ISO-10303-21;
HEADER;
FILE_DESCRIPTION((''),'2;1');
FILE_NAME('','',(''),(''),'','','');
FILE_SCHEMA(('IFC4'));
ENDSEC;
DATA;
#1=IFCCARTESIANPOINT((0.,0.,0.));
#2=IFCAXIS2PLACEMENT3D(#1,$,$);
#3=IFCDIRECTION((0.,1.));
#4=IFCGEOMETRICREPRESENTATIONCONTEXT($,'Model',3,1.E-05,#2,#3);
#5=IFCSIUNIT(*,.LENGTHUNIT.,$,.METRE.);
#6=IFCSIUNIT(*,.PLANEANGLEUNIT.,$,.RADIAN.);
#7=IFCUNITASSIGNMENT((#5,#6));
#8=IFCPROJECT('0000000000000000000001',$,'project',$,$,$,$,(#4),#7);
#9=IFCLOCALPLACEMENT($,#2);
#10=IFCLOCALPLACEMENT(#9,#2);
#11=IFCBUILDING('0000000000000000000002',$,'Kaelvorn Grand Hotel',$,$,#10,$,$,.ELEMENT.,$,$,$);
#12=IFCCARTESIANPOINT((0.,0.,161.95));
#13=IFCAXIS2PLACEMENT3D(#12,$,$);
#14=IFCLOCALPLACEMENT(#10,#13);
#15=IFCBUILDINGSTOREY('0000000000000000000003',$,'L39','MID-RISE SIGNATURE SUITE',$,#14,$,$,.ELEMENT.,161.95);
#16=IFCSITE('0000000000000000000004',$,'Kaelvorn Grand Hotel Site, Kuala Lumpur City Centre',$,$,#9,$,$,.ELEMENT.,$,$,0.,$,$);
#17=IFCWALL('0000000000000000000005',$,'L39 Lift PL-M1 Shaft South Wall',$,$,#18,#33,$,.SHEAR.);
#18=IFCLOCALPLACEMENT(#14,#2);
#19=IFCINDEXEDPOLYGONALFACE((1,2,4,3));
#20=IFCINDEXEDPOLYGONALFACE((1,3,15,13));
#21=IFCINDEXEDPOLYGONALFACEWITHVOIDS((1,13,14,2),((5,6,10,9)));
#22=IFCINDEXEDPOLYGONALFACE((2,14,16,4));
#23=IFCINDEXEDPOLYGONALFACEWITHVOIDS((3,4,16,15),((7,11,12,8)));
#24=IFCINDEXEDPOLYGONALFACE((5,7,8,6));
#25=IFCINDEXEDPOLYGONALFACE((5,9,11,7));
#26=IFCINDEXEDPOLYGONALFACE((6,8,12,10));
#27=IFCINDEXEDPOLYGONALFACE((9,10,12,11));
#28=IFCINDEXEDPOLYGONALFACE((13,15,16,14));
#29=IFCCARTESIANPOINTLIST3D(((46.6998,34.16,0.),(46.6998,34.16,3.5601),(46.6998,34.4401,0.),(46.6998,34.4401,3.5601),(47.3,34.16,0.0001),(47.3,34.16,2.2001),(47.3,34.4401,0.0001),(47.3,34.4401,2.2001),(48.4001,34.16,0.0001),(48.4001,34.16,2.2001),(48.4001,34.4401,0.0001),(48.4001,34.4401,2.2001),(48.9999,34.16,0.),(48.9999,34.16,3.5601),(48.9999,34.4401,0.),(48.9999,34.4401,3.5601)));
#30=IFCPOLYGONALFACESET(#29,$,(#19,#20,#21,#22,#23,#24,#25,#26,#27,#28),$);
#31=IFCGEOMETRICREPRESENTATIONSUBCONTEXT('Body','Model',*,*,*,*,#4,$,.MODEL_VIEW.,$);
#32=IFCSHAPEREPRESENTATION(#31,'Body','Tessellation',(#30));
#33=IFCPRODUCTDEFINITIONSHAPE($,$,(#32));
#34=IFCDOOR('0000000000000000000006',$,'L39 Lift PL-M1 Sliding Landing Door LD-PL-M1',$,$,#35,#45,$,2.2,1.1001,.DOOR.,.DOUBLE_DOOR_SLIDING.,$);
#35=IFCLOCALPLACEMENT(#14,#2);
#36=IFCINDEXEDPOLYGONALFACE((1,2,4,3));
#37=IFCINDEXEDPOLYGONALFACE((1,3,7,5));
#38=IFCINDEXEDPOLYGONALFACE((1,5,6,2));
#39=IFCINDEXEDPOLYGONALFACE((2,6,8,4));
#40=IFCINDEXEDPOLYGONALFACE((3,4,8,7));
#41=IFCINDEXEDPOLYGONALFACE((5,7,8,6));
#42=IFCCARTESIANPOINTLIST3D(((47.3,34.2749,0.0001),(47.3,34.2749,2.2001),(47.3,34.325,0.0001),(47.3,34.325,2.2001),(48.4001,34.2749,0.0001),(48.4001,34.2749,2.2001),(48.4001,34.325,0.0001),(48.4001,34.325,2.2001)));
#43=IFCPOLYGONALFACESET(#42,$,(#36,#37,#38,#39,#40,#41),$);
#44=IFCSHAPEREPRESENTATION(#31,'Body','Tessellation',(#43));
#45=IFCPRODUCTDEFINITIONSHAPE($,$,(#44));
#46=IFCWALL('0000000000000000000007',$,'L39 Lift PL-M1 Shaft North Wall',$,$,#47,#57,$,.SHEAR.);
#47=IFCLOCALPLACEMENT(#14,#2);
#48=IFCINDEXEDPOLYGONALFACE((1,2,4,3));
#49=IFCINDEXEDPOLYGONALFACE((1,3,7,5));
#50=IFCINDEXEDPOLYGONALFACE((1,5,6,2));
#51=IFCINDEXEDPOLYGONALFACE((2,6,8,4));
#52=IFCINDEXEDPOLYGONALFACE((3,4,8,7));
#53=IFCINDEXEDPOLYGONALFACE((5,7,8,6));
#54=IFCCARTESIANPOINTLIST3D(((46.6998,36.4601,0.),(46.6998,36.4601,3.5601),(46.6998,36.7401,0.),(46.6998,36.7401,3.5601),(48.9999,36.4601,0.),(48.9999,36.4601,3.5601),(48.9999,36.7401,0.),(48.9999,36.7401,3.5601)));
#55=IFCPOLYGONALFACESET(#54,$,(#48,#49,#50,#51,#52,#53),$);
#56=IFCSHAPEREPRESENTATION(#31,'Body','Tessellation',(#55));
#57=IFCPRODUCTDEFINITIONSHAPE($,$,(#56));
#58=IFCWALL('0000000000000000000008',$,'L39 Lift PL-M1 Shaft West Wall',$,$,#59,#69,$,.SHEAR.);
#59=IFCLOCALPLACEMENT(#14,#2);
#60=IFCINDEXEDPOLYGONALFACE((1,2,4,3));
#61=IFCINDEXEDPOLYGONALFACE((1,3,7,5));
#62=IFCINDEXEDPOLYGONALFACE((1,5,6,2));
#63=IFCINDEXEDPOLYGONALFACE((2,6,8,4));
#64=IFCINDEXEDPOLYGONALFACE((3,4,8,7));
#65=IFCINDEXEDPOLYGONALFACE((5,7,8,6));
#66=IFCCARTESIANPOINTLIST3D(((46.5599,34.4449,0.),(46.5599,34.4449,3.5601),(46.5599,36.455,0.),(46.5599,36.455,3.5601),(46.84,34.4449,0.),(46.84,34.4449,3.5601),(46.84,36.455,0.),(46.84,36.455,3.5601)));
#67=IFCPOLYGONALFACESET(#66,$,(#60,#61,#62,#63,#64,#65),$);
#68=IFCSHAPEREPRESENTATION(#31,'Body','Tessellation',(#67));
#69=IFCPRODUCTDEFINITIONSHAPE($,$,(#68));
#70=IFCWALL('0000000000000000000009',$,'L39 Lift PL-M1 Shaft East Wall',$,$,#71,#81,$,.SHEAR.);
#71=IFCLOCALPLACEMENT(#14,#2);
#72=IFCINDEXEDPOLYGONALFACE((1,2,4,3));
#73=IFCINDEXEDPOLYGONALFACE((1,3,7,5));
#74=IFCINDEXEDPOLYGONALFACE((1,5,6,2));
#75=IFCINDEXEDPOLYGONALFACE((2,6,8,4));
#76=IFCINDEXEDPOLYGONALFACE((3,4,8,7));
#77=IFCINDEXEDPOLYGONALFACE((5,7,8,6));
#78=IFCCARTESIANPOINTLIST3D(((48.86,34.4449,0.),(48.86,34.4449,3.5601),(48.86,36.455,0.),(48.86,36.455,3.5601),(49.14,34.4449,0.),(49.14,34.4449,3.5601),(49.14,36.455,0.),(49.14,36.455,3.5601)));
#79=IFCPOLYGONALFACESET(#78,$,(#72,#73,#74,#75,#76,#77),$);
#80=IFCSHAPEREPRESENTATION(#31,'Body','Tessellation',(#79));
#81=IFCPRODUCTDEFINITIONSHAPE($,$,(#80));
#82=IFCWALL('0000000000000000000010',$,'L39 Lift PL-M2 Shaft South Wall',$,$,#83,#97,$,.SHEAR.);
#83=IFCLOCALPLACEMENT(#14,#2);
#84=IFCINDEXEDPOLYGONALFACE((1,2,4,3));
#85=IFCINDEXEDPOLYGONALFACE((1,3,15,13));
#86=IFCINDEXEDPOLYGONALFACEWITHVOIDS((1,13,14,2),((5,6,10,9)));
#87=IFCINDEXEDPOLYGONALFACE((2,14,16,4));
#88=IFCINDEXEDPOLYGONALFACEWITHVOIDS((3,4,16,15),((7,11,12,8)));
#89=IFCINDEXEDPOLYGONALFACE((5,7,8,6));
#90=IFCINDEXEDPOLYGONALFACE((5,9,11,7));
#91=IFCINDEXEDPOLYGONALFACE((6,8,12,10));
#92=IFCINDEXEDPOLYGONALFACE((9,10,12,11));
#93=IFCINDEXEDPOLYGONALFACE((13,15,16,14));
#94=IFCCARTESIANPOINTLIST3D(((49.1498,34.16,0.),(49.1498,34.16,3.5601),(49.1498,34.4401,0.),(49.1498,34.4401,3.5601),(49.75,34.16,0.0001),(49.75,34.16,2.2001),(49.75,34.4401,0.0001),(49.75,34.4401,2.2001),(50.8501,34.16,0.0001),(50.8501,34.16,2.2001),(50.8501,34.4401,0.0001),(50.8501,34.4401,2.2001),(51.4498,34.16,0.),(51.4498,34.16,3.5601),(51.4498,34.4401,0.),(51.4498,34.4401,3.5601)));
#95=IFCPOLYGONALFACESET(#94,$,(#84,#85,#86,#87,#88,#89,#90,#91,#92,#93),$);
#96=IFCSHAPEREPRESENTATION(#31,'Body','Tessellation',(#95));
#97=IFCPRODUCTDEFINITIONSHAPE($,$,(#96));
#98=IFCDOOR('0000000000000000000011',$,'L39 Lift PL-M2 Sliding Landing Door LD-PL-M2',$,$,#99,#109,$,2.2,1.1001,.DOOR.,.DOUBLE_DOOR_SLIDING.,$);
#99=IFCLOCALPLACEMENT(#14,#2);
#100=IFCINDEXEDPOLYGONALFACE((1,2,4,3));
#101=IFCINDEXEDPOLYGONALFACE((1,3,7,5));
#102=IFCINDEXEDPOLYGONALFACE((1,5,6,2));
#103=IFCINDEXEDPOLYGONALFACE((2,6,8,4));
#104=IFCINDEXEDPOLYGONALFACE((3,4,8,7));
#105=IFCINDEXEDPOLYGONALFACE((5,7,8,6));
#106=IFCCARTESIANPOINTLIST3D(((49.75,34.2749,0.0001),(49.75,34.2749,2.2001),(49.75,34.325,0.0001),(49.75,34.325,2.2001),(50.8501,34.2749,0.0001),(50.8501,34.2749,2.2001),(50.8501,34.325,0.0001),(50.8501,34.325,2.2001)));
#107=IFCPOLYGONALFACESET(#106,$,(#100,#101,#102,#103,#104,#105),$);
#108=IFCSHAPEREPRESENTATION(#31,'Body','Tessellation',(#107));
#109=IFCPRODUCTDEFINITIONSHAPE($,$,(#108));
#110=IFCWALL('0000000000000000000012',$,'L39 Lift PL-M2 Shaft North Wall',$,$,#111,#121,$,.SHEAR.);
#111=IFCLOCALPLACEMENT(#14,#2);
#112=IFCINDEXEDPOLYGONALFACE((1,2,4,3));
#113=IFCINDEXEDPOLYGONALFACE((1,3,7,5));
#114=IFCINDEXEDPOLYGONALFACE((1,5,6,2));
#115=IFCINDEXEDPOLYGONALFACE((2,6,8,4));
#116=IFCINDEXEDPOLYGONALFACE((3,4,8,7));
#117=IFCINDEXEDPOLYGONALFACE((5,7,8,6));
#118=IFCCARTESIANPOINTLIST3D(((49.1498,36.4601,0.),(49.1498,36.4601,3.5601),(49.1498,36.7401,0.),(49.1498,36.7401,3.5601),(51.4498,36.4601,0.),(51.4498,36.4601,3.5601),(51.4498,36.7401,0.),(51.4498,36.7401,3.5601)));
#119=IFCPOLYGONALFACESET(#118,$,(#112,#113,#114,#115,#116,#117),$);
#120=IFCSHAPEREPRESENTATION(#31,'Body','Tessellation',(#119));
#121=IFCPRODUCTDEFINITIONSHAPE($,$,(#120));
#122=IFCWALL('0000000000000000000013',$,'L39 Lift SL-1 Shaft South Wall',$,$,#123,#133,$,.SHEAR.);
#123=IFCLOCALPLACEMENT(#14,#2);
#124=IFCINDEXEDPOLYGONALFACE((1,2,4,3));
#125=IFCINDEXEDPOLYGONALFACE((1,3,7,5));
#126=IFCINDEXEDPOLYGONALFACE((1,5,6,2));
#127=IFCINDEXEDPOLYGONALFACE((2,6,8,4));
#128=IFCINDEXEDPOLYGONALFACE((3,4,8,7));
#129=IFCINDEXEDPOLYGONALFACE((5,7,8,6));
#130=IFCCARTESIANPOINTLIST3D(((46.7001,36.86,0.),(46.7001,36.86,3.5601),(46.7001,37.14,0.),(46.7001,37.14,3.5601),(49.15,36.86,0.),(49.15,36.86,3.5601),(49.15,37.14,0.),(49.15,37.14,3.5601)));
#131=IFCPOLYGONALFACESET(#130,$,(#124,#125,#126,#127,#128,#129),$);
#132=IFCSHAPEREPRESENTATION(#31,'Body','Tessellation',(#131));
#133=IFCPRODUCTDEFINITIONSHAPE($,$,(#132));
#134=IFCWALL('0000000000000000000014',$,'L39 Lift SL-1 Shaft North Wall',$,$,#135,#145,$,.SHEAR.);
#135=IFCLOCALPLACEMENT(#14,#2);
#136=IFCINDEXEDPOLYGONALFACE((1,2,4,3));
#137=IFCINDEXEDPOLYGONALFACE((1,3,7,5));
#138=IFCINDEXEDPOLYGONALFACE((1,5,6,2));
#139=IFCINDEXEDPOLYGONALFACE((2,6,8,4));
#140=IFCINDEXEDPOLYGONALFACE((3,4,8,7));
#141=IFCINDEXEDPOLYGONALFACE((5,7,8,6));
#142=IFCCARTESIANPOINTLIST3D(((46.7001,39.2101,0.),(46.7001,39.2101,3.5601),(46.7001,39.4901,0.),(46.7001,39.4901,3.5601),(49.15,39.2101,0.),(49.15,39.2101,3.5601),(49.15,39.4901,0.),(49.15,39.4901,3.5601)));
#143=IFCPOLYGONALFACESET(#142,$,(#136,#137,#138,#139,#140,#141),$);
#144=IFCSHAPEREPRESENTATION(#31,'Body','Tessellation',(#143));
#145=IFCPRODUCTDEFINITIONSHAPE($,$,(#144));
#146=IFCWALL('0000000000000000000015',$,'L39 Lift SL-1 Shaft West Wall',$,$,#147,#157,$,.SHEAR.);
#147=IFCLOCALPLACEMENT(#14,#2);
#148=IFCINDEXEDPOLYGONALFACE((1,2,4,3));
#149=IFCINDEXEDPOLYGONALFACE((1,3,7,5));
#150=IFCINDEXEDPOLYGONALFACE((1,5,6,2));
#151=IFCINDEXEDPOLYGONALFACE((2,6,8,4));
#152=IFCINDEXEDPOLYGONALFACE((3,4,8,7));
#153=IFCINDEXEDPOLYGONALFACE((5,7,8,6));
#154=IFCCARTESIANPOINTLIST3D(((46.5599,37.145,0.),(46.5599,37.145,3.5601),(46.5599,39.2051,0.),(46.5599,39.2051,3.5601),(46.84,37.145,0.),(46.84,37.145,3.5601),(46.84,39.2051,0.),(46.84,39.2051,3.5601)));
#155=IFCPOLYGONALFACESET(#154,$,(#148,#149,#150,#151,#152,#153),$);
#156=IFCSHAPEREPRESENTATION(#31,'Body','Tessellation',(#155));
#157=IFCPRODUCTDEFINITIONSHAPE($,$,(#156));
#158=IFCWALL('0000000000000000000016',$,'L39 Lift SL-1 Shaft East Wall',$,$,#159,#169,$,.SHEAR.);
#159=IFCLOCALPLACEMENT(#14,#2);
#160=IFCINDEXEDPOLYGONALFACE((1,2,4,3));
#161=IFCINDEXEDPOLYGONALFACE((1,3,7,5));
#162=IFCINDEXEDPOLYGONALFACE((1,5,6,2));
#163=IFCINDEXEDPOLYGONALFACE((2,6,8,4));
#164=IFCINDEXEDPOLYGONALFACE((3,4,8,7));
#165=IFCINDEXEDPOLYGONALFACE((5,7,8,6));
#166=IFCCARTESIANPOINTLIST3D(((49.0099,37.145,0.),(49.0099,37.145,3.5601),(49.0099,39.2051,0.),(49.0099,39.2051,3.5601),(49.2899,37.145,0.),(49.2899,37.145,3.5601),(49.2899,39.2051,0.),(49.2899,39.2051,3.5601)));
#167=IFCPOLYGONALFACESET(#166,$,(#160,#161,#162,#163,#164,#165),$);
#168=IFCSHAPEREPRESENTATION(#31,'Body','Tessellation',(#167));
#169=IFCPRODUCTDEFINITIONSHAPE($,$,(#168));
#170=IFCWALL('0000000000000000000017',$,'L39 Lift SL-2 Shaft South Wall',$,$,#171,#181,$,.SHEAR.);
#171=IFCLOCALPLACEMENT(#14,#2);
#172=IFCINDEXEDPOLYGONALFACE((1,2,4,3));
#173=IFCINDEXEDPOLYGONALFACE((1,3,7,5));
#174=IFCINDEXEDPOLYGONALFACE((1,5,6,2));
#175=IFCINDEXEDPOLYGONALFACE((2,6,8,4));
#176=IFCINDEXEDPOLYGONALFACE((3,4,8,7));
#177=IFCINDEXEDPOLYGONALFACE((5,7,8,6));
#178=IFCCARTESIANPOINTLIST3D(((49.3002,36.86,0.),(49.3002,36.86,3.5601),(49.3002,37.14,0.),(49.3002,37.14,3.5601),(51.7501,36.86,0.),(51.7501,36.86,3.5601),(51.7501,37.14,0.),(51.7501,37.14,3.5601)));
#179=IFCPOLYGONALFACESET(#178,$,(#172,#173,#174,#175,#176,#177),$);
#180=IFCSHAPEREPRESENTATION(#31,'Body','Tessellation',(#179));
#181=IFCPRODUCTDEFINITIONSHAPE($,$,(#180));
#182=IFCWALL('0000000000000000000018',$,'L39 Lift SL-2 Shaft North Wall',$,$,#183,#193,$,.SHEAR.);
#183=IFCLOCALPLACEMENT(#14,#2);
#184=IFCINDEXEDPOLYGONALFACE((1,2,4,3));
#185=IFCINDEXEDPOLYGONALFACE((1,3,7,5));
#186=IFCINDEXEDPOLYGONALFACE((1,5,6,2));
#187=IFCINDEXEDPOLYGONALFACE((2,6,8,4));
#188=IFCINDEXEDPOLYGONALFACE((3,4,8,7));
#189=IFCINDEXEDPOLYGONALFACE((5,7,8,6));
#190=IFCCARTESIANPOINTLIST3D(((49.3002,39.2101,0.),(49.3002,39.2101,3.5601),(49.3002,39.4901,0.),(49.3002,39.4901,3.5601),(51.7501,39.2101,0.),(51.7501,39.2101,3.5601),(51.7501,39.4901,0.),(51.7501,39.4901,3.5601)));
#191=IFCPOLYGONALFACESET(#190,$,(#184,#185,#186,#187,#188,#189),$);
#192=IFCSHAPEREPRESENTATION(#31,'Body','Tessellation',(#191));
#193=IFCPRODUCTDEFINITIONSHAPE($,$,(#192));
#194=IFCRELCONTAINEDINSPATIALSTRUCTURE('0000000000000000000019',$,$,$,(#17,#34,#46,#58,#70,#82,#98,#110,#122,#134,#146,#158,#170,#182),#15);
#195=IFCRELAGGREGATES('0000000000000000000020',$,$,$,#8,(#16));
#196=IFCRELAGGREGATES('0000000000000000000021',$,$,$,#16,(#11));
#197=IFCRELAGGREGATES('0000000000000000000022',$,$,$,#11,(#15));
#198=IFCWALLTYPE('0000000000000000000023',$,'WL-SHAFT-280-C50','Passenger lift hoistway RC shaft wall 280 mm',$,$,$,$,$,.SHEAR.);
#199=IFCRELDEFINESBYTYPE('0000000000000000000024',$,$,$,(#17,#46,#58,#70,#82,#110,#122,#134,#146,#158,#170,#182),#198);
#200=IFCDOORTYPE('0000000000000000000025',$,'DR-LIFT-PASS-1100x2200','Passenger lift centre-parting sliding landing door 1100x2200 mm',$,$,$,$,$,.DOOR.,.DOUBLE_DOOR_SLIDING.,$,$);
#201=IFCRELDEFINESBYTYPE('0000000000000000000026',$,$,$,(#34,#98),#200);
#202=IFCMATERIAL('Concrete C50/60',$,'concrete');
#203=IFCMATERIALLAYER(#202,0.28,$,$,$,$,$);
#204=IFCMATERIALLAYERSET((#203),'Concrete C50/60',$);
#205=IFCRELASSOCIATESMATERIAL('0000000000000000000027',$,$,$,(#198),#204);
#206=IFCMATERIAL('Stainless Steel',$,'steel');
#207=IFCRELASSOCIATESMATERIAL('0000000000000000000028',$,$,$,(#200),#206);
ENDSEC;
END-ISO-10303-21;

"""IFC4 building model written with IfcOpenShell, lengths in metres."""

from ifc_helpers import new_model, si_unit, direction, frame, frame_2d, origin, place, context, subcontext, project, spatial, rectangle, extrude, material, layer, layer_set, type_object, element, fill, save


model = new_model("IFC4")

# Units and contexts
model_context = context("Model", 3, precision=1e-05, world=origin(), true_north=direction((0.0, 1.0)))
body_context = subcontext(model_context, "Body", "Model", "MODEL_VIEW")
ifc_project = project(units=[si_unit("LENGTHUNIT", "METRE"), si_unit("PLANEANGLEUNIT", "RADIAN")], contexts=[model_context])

# Site, building, storey
site_placement = place(None, origin())
site = spatial("IfcSite", under=ifc_project, at=site_placement, Name="Kaelvorn Grand Hotel Site, Kuala Lumpur City Centre", CompositionType="ELEMENT", RefElevation=0.0)
building_placement = place(site_placement, origin())
building = spatial("IfcBuilding", under=site, at=building_placement, Name="Kaelvorn Grand Hotel", CompositionType="ELEMENT")
storey_placement = place(building_placement, frame((0.0, 0.0, 161.95)))
storey = spatial("IfcBuildingStorey", under=building, at=storey_placement, Name="L39", Description="MID-RISE SIGNATURE SUITE", CompositionType="ELEMENT", Elevation=161.95)

# Shared definitions
ifc_material_1 = material(Name="Concrete C50/60", Category="concrete")

# Wall, opening, door
ifc_layer_1 = layer(ifc_material_1, 0.28)
ifc_layer_set_1 = layer_set([ifc_layer_1], Name="Concrete C50/60")
wall_type_1 = type_object("IfcWallType", Name="WL-SHAFT-280-C50", Description="Passenger lift hoistway RC shaft wall 280 mm", PredefinedType="SHEAR", material=ifc_layer_set_1)
wall_1_placement = place(storey_placement, frame((46.7, 34.3, 0.0), z_axis=(0.0, 0.0, 1.0), x_axis=(1.0, 0.0, 0.0)))
wall_1 = element("IfcWall", 1, at=wall_1_placement, inside=storey, type_object=wall_type_1, Name="L39 Lift PL-M1 Shaft South Wall", PredefinedType="SHEAR", context=body_context, shape_type="SweptSolid", body=[
    extrude(rectangle(XDim=2.3, YDim=0.28, at=frame_2d((1.1499, 0.0))), origin(), (0.0, 0.0, 1.0), 3.5601),
])
opening_1_placement = place(wall_1_placement, frame((0.6001, 0.0, 0.0)))
opening_1 = element("IfcOpeningElement", 2, at=opening_1_placement, cuts=wall_1, PredefinedType="OPENING", context=body_context, shape_type="SweptSolid", body=[
    extrude(rectangle(XDim=1.1001, YDim=2.2, at=frame_2d((0.55, 1.1001))), frame((0.0, 0.1499, 0.0), z_axis=(0.0, -1.0, 0.0), x_axis=(1.0, 0.0, 0.0)), (0.0, 0.0, 1.0), 0.3),
])
ifc_material_2 = material(Name="Stainless Steel", Category="steel")
door_type_1 = type_object("IfcDoorType", Name="DR-LIFT-PASS-1100x2200", Description="Passenger lift centre-parting sliding landing door 1100x2200 mm", OperationType="DOUBLE_DOOR_SLIDING", PredefinedType="DOOR", material=ifc_material_2)
door_1_placement = place(opening_1_placement, origin())
door_1 = element("IfcDoor", 3, at=door_1_placement, inside=storey, type_object=door_type_1, Name="L39 Lift PL-M1 Sliding Landing Door LD-PL-M1", OperationType="DOUBLE_DOOR_SLIDING", OverallHeight=2.2, OverallWidth=1.1001, PredefinedType="DOOR", context=body_context, shape_type="SweptSolid", body=[
    extrude(rectangle(XDim=1.1001, YDim=2.2, at=frame_2d((0.55, 1.1001))), frame((0.0, 0.0249, 0.0), z_axis=(0.0, -1.0, 0.0), x_axis=(1.0, 0.0, 0.0)), (0.0, 0.0, 1.0), 0.05),
])
fill(opening_1, door_1)

# Walls
wall_2_placement = place(storey_placement, frame((46.7, 36.6001, 0.0), z_axis=(0.0, 0.0, 1.0), x_axis=(1.0, 0.0, 0.0)))
element("IfcWall", 4, at=wall_2_placement, inside=storey, type_object=wall_type_1, Name="L39 Lift PL-M1 Shaft North Wall", PredefinedType="SHEAR", context=body_context, shape_type="SweptSolid", body=[
    extrude(rectangle(XDim=2.3, YDim=0.28, at=frame_2d((1.1499, 0.0))), origin(), (0.0, 0.0, 1.0), 3.5601),
])
for number, where, z_axis, x_axis, name in (
    (5, (46.7, 34.4451, 0.0), (0.0, 0.0, 1.0), (0.0, 1.0, 0.0), "L39 Lift PL-M1 Shaft West Wall"),
    (6, (49.0, 34.4451, 0.0), (0.0, 0.0, 1.0), (0.0, 1.0, 0.0), "L39 Lift PL-M1 Shaft East Wall"),
):
    element("IfcWall", number, at=place(storey_placement, frame(where, z_axis=z_axis, x_axis=x_axis)), inside=storey, type_object=wall_type_1, Name=name, PredefinedType="SHEAR", context=body_context, shape_type="SweptSolid", body=[
        extrude(rectangle(XDim=2.01, YDim=0.28, at=frame_2d((1.0049, 0.0))), origin(), (0.0, 0.0, 1.0), 3.5601),
    ])

# Wall, opening, door
wall_3_placement = place(storey_placement, frame((49.1499, 34.3, 0.0), z_axis=(0.0, 0.0, 1.0), x_axis=(1.0, 0.0, 0.0)))
wall_3 = element("IfcWall", 7, at=wall_3_placement, inside=storey, type_object=wall_type_1, Name="L39 Lift PL-M2 Shaft South Wall", PredefinedType="SHEAR", context=body_context, shape_type="SweptSolid", body=[
    extrude(rectangle(XDim=2.3, YDim=0.28, at=frame_2d((1.1499, 0.0))), origin(), (0.0, 0.0, 1.0), 3.5601),
])
opening_2_placement = place(wall_3_placement, frame((0.6001, 0.0, 0.0)))
opening_2 = element("IfcOpeningElement", 8, at=opening_2_placement, cuts=wall_3, PredefinedType="OPENING", context=body_context, shape_type="SweptSolid", body=[
    extrude(rectangle(XDim=1.1001, YDim=2.2, at=frame_2d((0.55, 1.1001))), frame((0.0, 0.1499, 0.0), z_axis=(0.0, -1.0, 0.0), x_axis=(1.0, 0.0, 0.0)), (0.0, 0.0, 1.0), 0.3),
])
door_2_placement = place(opening_2_placement, origin())
door_2 = element("IfcDoor", 9, at=door_2_placement, inside=storey, type_object=door_type_1, Name="L39 Lift PL-M2 Sliding Landing Door LD-PL-M2", OperationType="DOUBLE_DOOR_SLIDING", OverallHeight=2.2, OverallWidth=1.1001, PredefinedType="DOOR", context=body_context, shape_type="SweptSolid", body=[
    extrude(rectangle(XDim=1.1001, YDim=2.2, at=frame_2d((0.55, 1.1001))), frame((0.0, 0.0249, 0.0), z_axis=(0.0, -1.0, 0.0), x_axis=(1.0, 0.0, 0.0)), (0.0, 0.0, 1.0), 0.05),
])
fill(opening_2, door_2)

# Walls
wall_4_placement = place(storey_placement, frame((49.1499, 36.6001, 0.0), z_axis=(0.0, 0.0, 1.0), x_axis=(1.0, 0.0, 0.0)))
element("IfcWall", 10, at=wall_4_placement, inside=storey, type_object=wall_type_1, Name="L39 Lift PL-M2 Shaft North Wall", PredefinedType="SHEAR", context=body_context, shape_type="SweptSolid", body=[
    extrude(rectangle(XDim=2.3, YDim=0.28, at=frame_2d((1.1499, 0.0))), origin(), (0.0, 0.0, 1.0), 3.5601),
])
for number, where, z_axis, x_axis, name in (
    (11, (46.7, 37.0, 0.0), (0.0, 0.0, 1.0), (1.0, 0.0, 0.0), "L39 Lift SL-1 Shaft South Wall"),
    (12, (46.7, 39.3501, 0.0), (0.0, 0.0, 1.0), (1.0, 0.0, 0.0), "L39 Lift SL-1 Shaft North Wall"),
):
    element("IfcWall", number, at=place(storey_placement, frame(where, z_axis=z_axis, x_axis=x_axis)), inside=storey, type_object=wall_type_1, Name=name, PredefinedType="SHEAR", context=body_context, shape_type="SweptSolid", body=[
        extrude(rectangle(XDim=2.45, YDim=0.28, at=frame_2d((1.2251, 0.0))), origin(), (0.0, 0.0, 1.0), 3.5601),
    ])
for number, where, z_axis, x_axis, name in (
    (13, (46.7, 37.145, 0.0), (0.0, 0.0, 1.0), (0.0, 1.0, 0.0), "L39 Lift SL-1 Shaft West Wall"),
    (14, (49.1499, 37.145, 0.0), (0.0, 0.0, 1.0), (0.0, 1.0, 0.0), "L39 Lift SL-1 Shaft East Wall"),
):
    element("IfcWall", number, at=place(storey_placement, frame(where, z_axis=z_axis, x_axis=x_axis)), inside=storey, type_object=wall_type_1, Name=name, PredefinedType="SHEAR", context=body_context, shape_type="SweptSolid", body=[
        extrude(rectangle(XDim=2.0601, YDim=0.28, at=frame_2d((1.03, 0.0))), origin(), (0.0, 0.0, 1.0), 3.5601),
    ])
for number, where, z_axis, x_axis, name in (
    (15, (49.3, 37.0, 0.0), (0.0, 0.0, 1.0), (1.0, 0.0, 0.0), "L39 Lift SL-2 Shaft South Wall"),
    (16, (49.3, 39.3501, 0.0), (0.0, 0.0, 1.0), (1.0, 0.0, 0.0), "L39 Lift SL-2 Shaft North Wall"),
):
    element("IfcWall", number, at=place(storey_placement, frame(where, z_axis=z_axis, x_axis=x_axis)), inside=storey, type_object=wall_type_1, Name=name, PredefinedType="SHEAR", context=body_context, shape_type="SweptSolid", body=[
        extrude(rectangle(XDim=2.45, YDim=0.28, at=frame_2d((1.2251, 0.0))), origin(), (0.0, 0.0, 1.0), 3.5601),
    ])

save(model, "model.ifc")
